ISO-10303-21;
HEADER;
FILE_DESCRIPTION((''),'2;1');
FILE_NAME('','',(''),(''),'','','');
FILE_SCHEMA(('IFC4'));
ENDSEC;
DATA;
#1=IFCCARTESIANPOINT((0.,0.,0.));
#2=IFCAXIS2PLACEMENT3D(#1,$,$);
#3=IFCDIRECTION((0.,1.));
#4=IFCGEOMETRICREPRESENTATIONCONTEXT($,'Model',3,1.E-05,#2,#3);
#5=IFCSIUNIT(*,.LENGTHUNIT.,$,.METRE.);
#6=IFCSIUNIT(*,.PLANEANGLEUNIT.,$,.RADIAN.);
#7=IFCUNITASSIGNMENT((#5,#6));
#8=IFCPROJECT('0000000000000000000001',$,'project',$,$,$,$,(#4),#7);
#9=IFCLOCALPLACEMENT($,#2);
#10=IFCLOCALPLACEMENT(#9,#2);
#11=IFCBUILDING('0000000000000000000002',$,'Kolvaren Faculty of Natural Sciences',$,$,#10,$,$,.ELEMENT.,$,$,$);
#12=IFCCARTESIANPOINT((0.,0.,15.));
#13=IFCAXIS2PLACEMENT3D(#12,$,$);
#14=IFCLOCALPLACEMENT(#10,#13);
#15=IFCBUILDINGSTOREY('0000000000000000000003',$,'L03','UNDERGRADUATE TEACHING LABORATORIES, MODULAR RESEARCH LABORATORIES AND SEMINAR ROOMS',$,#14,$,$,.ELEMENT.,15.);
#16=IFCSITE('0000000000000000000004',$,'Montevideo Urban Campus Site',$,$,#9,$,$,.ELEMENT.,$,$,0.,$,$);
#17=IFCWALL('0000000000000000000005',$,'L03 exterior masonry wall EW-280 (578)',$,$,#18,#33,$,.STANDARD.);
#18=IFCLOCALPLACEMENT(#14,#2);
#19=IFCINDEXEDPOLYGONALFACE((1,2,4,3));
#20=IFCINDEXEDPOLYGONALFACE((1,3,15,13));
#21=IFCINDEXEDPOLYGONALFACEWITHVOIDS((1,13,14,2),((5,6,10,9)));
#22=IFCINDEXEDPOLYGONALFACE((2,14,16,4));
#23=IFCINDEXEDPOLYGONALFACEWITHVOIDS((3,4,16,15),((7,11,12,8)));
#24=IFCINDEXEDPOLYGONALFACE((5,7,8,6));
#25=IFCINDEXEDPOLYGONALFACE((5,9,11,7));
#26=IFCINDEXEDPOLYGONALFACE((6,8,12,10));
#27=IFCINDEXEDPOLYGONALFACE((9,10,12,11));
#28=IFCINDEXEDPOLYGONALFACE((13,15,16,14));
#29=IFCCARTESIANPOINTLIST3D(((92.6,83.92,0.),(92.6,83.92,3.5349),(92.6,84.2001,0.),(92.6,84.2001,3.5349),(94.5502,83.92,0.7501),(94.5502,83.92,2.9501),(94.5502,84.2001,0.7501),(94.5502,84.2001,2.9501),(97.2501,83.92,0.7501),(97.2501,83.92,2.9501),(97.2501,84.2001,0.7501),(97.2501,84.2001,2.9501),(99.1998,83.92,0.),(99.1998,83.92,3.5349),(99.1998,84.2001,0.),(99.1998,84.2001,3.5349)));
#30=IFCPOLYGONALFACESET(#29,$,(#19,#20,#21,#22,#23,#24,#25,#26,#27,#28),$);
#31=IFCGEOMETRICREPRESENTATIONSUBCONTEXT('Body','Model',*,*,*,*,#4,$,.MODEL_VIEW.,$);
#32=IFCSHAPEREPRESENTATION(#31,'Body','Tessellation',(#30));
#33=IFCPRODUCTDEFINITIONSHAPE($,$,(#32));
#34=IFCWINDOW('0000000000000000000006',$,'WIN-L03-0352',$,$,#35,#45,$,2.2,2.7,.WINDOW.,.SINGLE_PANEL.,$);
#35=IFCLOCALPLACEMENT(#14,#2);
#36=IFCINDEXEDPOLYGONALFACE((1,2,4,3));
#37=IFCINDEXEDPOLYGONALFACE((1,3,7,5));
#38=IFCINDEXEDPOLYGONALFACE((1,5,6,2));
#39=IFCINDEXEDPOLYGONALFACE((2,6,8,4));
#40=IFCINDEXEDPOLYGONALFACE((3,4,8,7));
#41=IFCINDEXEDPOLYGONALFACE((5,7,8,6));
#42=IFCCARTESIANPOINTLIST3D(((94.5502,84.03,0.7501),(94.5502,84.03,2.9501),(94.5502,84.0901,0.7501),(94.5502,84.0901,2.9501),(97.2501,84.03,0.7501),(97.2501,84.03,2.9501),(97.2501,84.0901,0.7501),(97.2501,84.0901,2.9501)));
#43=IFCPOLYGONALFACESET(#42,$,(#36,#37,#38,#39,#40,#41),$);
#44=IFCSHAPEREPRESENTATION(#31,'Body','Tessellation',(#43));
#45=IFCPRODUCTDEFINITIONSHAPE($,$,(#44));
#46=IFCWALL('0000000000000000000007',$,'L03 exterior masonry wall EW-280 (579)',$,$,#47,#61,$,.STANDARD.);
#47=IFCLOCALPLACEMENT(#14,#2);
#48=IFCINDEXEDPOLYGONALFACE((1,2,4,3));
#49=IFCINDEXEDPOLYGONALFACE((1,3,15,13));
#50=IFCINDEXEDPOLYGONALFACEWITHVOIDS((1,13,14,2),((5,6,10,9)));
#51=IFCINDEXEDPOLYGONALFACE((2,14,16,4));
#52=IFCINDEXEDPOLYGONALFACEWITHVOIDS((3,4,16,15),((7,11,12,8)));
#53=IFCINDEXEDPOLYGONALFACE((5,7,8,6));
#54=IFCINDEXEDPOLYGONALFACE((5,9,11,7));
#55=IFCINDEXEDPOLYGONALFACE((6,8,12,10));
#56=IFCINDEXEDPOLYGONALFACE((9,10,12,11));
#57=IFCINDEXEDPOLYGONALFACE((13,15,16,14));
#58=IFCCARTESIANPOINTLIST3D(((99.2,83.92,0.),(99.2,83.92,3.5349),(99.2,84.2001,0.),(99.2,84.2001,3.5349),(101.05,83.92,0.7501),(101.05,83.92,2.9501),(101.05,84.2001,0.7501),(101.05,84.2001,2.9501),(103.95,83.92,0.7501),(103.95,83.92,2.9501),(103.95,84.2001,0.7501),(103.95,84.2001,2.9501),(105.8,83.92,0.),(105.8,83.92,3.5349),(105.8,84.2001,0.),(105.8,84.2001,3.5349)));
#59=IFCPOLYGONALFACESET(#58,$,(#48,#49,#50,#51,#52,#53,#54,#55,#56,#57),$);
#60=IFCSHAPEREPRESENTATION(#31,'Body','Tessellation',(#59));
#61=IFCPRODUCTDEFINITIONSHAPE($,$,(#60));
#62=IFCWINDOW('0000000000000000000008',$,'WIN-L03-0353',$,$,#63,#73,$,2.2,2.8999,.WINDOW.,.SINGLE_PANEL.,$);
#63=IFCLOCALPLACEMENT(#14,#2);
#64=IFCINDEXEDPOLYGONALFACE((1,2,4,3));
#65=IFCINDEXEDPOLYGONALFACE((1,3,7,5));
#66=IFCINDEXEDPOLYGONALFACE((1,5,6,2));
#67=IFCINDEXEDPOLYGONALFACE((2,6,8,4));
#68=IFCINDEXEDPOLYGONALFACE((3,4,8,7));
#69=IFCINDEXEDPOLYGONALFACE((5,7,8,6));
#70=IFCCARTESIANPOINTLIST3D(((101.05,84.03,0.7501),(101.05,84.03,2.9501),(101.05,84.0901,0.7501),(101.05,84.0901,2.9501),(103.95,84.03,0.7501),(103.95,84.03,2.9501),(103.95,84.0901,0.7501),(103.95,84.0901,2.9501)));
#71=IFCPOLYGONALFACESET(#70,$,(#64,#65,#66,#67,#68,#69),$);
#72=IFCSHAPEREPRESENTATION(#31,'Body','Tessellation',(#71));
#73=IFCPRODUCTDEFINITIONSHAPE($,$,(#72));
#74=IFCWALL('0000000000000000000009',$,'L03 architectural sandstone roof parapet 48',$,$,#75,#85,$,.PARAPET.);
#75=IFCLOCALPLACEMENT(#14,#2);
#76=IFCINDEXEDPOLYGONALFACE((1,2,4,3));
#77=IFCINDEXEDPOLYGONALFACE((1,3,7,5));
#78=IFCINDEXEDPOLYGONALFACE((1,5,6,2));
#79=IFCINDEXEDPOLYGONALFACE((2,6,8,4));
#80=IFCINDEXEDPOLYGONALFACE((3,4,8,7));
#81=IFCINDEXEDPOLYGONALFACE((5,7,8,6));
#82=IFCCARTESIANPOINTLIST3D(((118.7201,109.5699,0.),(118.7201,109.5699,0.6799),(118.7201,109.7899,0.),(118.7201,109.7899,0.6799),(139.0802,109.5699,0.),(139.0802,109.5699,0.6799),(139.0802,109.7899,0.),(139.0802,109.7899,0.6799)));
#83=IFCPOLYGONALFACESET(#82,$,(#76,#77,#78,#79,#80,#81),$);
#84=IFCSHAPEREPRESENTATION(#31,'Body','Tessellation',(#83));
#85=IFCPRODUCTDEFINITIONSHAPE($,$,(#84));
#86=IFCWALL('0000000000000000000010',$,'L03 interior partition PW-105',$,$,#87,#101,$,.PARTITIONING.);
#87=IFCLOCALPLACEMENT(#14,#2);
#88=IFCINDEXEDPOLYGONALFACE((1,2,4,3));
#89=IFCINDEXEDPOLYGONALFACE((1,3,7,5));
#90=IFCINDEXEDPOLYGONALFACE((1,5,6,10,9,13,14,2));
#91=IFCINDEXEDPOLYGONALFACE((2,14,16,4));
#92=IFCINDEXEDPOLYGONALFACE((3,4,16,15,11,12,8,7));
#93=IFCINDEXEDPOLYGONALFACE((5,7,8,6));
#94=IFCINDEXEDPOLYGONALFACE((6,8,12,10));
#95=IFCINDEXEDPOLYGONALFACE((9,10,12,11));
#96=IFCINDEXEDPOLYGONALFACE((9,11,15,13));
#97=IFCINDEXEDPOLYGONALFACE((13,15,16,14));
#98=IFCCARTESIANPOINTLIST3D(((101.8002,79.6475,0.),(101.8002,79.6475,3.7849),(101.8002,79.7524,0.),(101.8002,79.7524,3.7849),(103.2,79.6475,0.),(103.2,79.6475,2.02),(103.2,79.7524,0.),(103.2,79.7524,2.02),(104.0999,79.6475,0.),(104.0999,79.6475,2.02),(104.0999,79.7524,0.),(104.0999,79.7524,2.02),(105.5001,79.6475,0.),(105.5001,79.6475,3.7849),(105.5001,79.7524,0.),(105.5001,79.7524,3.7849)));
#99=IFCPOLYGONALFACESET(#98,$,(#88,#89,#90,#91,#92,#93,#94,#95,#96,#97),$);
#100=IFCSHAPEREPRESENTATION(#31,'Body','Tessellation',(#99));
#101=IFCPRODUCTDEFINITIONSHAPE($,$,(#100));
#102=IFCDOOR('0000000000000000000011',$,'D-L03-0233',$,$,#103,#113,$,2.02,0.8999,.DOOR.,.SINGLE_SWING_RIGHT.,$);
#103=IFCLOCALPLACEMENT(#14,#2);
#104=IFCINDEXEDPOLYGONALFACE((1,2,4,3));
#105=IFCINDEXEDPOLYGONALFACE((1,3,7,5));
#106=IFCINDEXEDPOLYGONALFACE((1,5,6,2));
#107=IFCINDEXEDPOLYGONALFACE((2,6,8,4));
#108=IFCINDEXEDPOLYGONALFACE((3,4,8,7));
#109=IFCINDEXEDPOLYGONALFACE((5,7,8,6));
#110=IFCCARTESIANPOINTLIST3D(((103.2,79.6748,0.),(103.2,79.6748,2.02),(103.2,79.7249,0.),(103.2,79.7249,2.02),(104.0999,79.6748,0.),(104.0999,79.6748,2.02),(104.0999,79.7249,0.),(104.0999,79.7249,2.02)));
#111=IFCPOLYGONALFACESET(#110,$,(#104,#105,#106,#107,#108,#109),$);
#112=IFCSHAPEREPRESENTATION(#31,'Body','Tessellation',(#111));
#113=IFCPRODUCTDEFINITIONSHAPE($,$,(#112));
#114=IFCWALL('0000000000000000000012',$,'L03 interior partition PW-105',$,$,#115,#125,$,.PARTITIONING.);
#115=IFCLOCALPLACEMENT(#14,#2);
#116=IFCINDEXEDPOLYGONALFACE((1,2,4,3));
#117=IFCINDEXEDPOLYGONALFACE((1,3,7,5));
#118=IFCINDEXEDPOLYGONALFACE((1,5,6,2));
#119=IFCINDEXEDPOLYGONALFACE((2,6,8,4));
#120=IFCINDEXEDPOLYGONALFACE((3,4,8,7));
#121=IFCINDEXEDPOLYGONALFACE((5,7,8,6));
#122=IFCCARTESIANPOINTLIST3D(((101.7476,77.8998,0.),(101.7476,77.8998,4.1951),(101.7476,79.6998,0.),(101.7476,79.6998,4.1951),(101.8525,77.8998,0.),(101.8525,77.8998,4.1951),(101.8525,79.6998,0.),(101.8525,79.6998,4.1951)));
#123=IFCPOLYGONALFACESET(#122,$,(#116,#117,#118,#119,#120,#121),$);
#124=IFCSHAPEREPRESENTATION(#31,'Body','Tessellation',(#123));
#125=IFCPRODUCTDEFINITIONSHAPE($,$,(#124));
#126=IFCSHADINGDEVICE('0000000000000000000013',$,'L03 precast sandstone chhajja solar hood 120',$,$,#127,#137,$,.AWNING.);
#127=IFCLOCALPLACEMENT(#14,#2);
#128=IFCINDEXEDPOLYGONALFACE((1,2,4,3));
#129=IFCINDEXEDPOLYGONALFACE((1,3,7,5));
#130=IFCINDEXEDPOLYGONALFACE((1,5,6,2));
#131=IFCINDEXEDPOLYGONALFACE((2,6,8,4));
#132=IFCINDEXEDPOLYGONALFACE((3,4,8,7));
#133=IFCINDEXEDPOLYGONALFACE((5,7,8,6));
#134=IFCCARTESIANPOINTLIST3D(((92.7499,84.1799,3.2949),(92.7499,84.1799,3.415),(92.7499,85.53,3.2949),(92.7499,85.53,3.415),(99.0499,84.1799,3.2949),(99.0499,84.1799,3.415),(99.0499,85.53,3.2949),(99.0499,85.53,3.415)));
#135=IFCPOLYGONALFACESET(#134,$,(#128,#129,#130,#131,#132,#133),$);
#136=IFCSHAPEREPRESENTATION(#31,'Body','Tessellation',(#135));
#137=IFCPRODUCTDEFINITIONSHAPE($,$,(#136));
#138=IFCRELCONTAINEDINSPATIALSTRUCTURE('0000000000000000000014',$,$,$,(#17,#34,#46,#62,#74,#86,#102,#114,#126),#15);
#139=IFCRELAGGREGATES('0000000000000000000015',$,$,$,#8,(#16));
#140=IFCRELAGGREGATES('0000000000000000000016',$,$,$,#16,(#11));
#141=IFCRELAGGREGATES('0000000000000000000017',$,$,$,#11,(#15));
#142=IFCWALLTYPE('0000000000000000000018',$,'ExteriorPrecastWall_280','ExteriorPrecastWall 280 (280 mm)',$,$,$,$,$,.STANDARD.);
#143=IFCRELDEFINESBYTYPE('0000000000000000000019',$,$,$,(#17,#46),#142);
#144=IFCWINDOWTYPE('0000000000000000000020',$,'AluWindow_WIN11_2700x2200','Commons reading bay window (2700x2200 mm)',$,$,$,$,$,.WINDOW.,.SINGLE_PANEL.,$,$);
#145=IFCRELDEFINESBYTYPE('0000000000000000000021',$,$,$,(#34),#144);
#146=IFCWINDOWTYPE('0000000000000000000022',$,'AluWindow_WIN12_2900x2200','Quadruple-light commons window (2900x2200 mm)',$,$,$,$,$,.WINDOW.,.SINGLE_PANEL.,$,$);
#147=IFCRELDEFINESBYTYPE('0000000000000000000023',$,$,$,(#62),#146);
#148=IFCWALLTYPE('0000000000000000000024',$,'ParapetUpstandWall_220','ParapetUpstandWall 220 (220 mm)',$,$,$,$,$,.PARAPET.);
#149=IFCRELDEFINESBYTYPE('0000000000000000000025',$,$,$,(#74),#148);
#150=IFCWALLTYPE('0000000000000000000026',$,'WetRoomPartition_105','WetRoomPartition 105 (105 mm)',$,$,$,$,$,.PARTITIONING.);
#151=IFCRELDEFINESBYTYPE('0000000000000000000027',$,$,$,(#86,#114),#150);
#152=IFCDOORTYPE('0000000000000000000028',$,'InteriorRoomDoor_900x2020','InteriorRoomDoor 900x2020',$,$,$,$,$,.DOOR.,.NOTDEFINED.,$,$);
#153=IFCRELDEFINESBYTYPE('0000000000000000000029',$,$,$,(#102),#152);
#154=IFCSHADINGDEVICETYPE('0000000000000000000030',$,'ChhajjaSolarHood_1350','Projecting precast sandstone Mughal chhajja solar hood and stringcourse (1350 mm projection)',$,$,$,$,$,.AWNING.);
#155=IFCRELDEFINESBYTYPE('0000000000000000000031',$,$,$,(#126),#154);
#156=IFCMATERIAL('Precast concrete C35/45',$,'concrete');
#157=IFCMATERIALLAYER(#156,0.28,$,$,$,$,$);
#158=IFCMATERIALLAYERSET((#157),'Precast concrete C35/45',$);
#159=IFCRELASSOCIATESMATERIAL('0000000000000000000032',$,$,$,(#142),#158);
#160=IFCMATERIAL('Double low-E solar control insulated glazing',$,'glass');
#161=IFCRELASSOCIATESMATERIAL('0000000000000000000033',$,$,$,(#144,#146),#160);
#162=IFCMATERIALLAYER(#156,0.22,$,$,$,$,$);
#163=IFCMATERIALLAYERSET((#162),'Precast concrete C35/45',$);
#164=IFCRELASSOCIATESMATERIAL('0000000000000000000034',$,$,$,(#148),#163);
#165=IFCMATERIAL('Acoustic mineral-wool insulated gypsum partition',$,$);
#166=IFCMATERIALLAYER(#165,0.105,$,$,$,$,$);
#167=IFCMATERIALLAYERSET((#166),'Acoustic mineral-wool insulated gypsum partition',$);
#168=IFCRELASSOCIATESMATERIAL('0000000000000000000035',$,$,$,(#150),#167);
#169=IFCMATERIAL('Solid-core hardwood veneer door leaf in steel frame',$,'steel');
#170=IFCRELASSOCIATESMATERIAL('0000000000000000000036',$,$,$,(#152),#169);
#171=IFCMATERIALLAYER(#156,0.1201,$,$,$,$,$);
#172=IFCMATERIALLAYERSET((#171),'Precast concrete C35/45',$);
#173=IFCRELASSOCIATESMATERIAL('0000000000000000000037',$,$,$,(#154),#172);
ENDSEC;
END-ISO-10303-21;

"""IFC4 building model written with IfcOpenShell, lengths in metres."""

from ifc_helpers import new_model, si_unit, direction, frame, frame_2d, origin, origin_2d, place, context, subcontext, project, spatial, rectangle, extrude, material, layer, layer_set, type_object, element, fill, save


model = new_model("IFC4")

# Units and contexts
model_context = context("Model", 3, precision=1e-05, world=origin(), true_north=direction((0.0, 1.0)))
body_context = subcontext(model_context, "Body", "Model", "MODEL_VIEW")
ifc_project = project(units=[si_unit("LENGTHUNIT", "METRE"), si_unit("PLANEANGLEUNIT", "RADIAN")], contexts=[model_context])

# Site, building, storey
site_placement = place(None, origin())
site = spatial("IfcSite", under=ifc_project, at=site_placement, Name="Montevideo Urban Campus Site", CompositionType="ELEMENT", RefElevation=0.0)
building_placement = place(site_placement, origin())
building = spatial("IfcBuilding", under=site, at=building_placement, Name="Kolvaren Faculty of Natural Sciences", CompositionType="ELEMENT")
storey_placement = place(building_placement, frame((0.0, 0.0, 15.0)))
storey = spatial("IfcBuildingStorey", under=building, at=storey_placement, Name="L03", Description="UNDERGRADUATE TEACHING LABORATORIES, MODULAR RESEARCH LABORATORIES AND SEMINAR ROOMS", CompositionType="ELEMENT", Elevation=15.0)

# Shared definitions
ifc_material_1 = material(Name="Acoustic mineral-wool insulated gypsum partition")

# Shared definitions
ifc_material_2 = material(Name="Precast concrete C35/45", Category="concrete")
ifc_layer_1 = layer(ifc_material_2, 0.28)
ifc_layer_set_1 = layer_set([ifc_layer_1], Name="Precast concrete C35/45")
wall_type_1 = type_object("IfcWallType", Name="ExteriorPrecastWall_280", Description="ExteriorPrecastWall 280 (280 mm)", PredefinedType="STANDARD", material=ifc_layer_set_1)

# Walls, openings, windows
wall_1_placement = place(storey_placement, frame((92.6001, 84.0601, 0.0), z_axis=(0.0, 0.0, 1.0), x_axis=(1.0, 0.0, 0.0)))
wall_1 = element("IfcWall", 1, at=wall_1_placement, inside=storey, type_object=wall_type_1, Name="L03 exterior masonry wall EW-280 (578)", PredefinedType="STANDARD", context=body_context, shape_type="SweptSolid", body=[
    extrude(rectangle(XDim=6.5999, YDim=0.28, at=frame_2d((3.2998, 0.0))), origin(), (0.0, 0.0, 1.0), 3.5349),
])
opening_1_placement = place(wall_1_placement, frame((1.95, 0.0, 0.75)))
opening_1 = element("IfcOpeningElement", 2, at=opening_1_placement, cuts=wall_1, PredefinedType="OPENING", context=body_context, shape_type="SweptSolid", body=[
    extrude(rectangle(XDim=2.7, YDim=2.2, at=frame_2d((1.3501, 1.1001))), frame((0.0, 0.1499, 0.0), z_axis=(0.0, -1.0, 0.0), x_axis=(1.0, 0.0, 0.0)), (0.0, 0.0, 1.0), 0.3),
])
ifc_material_3 = material(Name="Double low-E solar control insulated glazing", Category="glass")
window_type_1 = type_object("IfcWindowType", Name="AluWindow_WIN11_2700x2200", Description="Commons reading bay window (2700x2200 mm)", PartitioningType="SINGLE_PANEL", PredefinedType="WINDOW", material=ifc_material_3)
window_1_placement = place(opening_1_placement, origin())
window_1 = element("IfcWindow", 3, at=window_1_placement, inside=storey, type_object=window_type_1, Name="WIN-L03-0352", OverallHeight=2.2, OverallWidth=2.7, PartitioningType="SINGLE_PANEL", PredefinedType="WINDOW", context=body_context, shape_type="SweptSolid", body=[
    extrude(rectangle(XDim=2.7, YDim=2.2, at=frame_2d((1.3501, 1.1001))), frame((0.0, 0.03, 0.0), z_axis=(0.0, -1.0, 0.0), x_axis=(1.0, 0.0, 0.0)), (0.0, 0.0, 1.0), 0.0601),
])
fill(opening_1, window_1)
wall_2_placement = place(storey_placement, frame((99.2, 84.0601, 0.0), z_axis=(0.0, 0.0, 1.0), x_axis=(1.0, 0.0, 0.0)))
wall_2 = element("IfcWall", 4, at=wall_2_placement, inside=storey, type_object=wall_type_1, Name="L03 exterior masonry wall EW-280 (579)", PredefinedType="STANDARD", context=body_context, shape_type="SweptSolid", body=[
    extrude(rectangle(XDim=6.6001, YDim=0.28, at=frame_2d((3.3, 0.0))), origin(), (0.0, 0.0, 1.0), 3.5349),
])
opening_2_placement = place(wall_2_placement, frame((1.8501, 0.0, 0.75)))
opening_2 = element("IfcOpeningElement", 5, at=opening_2_placement, cuts=wall_2, PredefinedType="OPENING", context=body_context, shape_type="SweptSolid", body=[
    extrude(rectangle(XDim=2.8999, YDim=2.2, at=frame_2d((1.45, 1.1001))), frame((0.0, 0.1499, 0.0), z_axis=(0.0, -1.0, 0.0), x_axis=(1.0, 0.0, 0.0)), (0.0, 0.0, 1.0), 0.3),
])
window_type_2 = type_object("IfcWindowType", Name="AluWindow_WIN12_2900x2200", Description="Quadruple-light commons window (2900x2200 mm)", PartitioningType="SINGLE_PANEL", PredefinedType="WINDOW", material=ifc_material_3)
window_2_placement = place(opening_2_placement, origin())
window_2 = element("IfcWindow", 6, at=window_2_placement, inside=storey, type_object=window_type_2, Name="WIN-L03-0353", OverallHeight=2.2, OverallWidth=2.8999, PartitioningType="SINGLE_PANEL", PredefinedType="WINDOW", context=body_context, shape_type="SweptSolid", body=[
    extrude(rectangle(XDim=2.8999, YDim=2.2, at=frame_2d((1.45, 1.1001))), frame((0.0, 0.03, 0.0), z_axis=(0.0, -1.0, 0.0), x_axis=(1.0, 0.0, 0.0)), (0.0, 0.0, 1.0), 0.0601),
])
fill(opening_2, window_2)

# Wall
ifc_layer_2 = layer(ifc_material_2, 0.22)
ifc_layer_set_2 = layer_set([ifc_layer_2], Name="Precast concrete C35/45")
wall_type_2 = type_object("IfcWallType", Name="ParapetUpstandWall_220", Description="ParapetUpstandWall 220 (220 mm)", PredefinedType="PARAPET", material=ifc_layer_set_2)
wall_3_placement = place(storey_placement, frame((118.72, 109.6799, 0.0), z_axis=(0.0, 0.0, 1.0), x_axis=(1.0, 0.0, 0.0)))
element("IfcWall", 7, at=wall_3_placement, inside=storey, type_object=wall_type_2, Name="L03 architectural sandstone roof parapet 48", PredefinedType="PARAPET", context=body_context, shape_type="SweptSolid", body=[
    extrude(rectangle(XDim=20.3601, YDim=0.22, at=frame_2d((10.1802, 0.0))), origin(), (0.0, 0.0, 1.0), 0.6799),
])

# Wall, opening, door
ifc_layer_3 = layer(ifc_material_1, 0.105)
ifc_layer_set_3 = layer_set([ifc_layer_3], Name="Acoustic mineral-wool insulated gypsum partition")
wall_type_3 = type_object("IfcWallType", Name="WetRoomPartition_105", Description="WetRoomPartition 105 (105 mm)", PredefinedType="PARTITIONING", material=ifc_layer_set_3)
wall_4_placement = place(storey_placement, frame((101.8, 79.7, 0.0), z_axis=(0.0, 0.0, 1.0), x_axis=(1.0, 0.0, 0.0)))
wall_4 = element("IfcWall", 8, at=wall_4_placement, inside=storey, type_object=wall_type_3, Name="L03 interior partition PW-105", PredefinedType="PARTITIONING", context=body_context, shape_type="SweptSolid", body=[
    extrude(rectangle(XDim=3.7, YDim=0.105, at=frame_2d((1.8501, 0.0))), origin(), (0.0, 0.0, 1.0), 3.7849),
])
opening_3_placement = place(wall_4_placement, frame((1.3999, 0.0, 0.0)))
opening_3 = element("IfcOpeningElement", 9, at=opening_3_placement, cuts=wall_4, PredefinedType="OPENING", context=body_context, shape_type="SweptSolid", body=[
    extrude(rectangle(XDim=0.8999, YDim=2.02, at=frame_2d((0.45, 1.01))), frame((0.0, 0.0625, 0.0), z_axis=(0.0, -1.0, 0.0), x_axis=(1.0, 0.0, 0.0)), (0.0, 0.0, 1.0), 0.125),
])
ifc_material_4 = material(Name="Solid-core hardwood veneer door leaf in steel frame", Category="steel")
door_type_1 = type_object("IfcDoorType", Name="InteriorRoomDoor_900x2020", Description="InteriorRoomDoor 900x2020", OperationType="NOTDEFINED", PredefinedType="DOOR", material=ifc_material_4)
door_1_placement = place(opening_3_placement, origin())
door_1 = element("IfcDoor", 10, at=door_1_placement, inside=storey, type_object=door_type_1, Name="D-L03-0233", OperationType="SINGLE_SWING_RIGHT", OverallHeight=2.02, OverallWidth=0.8999, PredefinedType="DOOR", context=body_context, shape_type="SweptSolid", body=[
    extrude(rectangle(XDim=0.8999, YDim=2.02, at=frame_2d((0.45, 1.01))), frame((0.0, 0.0249, 0.0), z_axis=(0.0, -1.0, 0.0), x_axis=(1.0, 0.0, 0.0)), (0.0, 0.0, 1.0), 0.05),
])
fill(opening_3, door_1)

# Wall
wall_5_placement = place(storey_placement, frame((101.8, 77.8999, 0.0), z_axis=(0.0, 0.0, 1.0), x_axis=(0.0, 1.0, 0.0)))
element("IfcWall", 11, at=wall_5_placement, inside=storey, type_object=wall_type_3, Name="L03 interior partition PW-105", PredefinedType="PARTITIONING", context=body_context, shape_type="SweptSolid", body=[
    extrude(rectangle(XDim=1.8, YDim=0.105, at=frame_2d((0.8999, 0.0))), origin(), (0.0, 0.0, 1.0), 4.1951),
])

# Shading device
ifc_layer_4 = layer(ifc_material_2, 0.1201)
ifc_layer_set_4 = layer_set([ifc_layer_4], Name="Precast concrete C35/45")
shading_device_type = type_object("IfcShadingDeviceType", Name="ChhajjaSolarHood_1350", Description="Projecting precast sandstone Mughal chhajja solar hood and stringcourse (1350 mm projection)", PredefinedType="AWNING", material=ifc_layer_set_4)
shading_device_placement = place(storey_placement, frame((95.8999, 84.855, 3.2949), z_axis=(0.0, 0.0, 1.0), x_axis=(1.0, 0.0, 0.0)))
element("IfcShadingDevice", 12, at=shading_device_placement, inside=storey, type_object=shading_device_type, Name="L03 precast sandstone chhajja solar hood 120", PredefinedType="AWNING", context=body_context, shape_type="SweptSolid", body=[
    extrude(rectangle(XDim=6.3, YDim=1.3501, at=origin_2d()), origin(), (0.0, 0.0, 1.0), 0.1201),
])

save(model, "model.ifc")
